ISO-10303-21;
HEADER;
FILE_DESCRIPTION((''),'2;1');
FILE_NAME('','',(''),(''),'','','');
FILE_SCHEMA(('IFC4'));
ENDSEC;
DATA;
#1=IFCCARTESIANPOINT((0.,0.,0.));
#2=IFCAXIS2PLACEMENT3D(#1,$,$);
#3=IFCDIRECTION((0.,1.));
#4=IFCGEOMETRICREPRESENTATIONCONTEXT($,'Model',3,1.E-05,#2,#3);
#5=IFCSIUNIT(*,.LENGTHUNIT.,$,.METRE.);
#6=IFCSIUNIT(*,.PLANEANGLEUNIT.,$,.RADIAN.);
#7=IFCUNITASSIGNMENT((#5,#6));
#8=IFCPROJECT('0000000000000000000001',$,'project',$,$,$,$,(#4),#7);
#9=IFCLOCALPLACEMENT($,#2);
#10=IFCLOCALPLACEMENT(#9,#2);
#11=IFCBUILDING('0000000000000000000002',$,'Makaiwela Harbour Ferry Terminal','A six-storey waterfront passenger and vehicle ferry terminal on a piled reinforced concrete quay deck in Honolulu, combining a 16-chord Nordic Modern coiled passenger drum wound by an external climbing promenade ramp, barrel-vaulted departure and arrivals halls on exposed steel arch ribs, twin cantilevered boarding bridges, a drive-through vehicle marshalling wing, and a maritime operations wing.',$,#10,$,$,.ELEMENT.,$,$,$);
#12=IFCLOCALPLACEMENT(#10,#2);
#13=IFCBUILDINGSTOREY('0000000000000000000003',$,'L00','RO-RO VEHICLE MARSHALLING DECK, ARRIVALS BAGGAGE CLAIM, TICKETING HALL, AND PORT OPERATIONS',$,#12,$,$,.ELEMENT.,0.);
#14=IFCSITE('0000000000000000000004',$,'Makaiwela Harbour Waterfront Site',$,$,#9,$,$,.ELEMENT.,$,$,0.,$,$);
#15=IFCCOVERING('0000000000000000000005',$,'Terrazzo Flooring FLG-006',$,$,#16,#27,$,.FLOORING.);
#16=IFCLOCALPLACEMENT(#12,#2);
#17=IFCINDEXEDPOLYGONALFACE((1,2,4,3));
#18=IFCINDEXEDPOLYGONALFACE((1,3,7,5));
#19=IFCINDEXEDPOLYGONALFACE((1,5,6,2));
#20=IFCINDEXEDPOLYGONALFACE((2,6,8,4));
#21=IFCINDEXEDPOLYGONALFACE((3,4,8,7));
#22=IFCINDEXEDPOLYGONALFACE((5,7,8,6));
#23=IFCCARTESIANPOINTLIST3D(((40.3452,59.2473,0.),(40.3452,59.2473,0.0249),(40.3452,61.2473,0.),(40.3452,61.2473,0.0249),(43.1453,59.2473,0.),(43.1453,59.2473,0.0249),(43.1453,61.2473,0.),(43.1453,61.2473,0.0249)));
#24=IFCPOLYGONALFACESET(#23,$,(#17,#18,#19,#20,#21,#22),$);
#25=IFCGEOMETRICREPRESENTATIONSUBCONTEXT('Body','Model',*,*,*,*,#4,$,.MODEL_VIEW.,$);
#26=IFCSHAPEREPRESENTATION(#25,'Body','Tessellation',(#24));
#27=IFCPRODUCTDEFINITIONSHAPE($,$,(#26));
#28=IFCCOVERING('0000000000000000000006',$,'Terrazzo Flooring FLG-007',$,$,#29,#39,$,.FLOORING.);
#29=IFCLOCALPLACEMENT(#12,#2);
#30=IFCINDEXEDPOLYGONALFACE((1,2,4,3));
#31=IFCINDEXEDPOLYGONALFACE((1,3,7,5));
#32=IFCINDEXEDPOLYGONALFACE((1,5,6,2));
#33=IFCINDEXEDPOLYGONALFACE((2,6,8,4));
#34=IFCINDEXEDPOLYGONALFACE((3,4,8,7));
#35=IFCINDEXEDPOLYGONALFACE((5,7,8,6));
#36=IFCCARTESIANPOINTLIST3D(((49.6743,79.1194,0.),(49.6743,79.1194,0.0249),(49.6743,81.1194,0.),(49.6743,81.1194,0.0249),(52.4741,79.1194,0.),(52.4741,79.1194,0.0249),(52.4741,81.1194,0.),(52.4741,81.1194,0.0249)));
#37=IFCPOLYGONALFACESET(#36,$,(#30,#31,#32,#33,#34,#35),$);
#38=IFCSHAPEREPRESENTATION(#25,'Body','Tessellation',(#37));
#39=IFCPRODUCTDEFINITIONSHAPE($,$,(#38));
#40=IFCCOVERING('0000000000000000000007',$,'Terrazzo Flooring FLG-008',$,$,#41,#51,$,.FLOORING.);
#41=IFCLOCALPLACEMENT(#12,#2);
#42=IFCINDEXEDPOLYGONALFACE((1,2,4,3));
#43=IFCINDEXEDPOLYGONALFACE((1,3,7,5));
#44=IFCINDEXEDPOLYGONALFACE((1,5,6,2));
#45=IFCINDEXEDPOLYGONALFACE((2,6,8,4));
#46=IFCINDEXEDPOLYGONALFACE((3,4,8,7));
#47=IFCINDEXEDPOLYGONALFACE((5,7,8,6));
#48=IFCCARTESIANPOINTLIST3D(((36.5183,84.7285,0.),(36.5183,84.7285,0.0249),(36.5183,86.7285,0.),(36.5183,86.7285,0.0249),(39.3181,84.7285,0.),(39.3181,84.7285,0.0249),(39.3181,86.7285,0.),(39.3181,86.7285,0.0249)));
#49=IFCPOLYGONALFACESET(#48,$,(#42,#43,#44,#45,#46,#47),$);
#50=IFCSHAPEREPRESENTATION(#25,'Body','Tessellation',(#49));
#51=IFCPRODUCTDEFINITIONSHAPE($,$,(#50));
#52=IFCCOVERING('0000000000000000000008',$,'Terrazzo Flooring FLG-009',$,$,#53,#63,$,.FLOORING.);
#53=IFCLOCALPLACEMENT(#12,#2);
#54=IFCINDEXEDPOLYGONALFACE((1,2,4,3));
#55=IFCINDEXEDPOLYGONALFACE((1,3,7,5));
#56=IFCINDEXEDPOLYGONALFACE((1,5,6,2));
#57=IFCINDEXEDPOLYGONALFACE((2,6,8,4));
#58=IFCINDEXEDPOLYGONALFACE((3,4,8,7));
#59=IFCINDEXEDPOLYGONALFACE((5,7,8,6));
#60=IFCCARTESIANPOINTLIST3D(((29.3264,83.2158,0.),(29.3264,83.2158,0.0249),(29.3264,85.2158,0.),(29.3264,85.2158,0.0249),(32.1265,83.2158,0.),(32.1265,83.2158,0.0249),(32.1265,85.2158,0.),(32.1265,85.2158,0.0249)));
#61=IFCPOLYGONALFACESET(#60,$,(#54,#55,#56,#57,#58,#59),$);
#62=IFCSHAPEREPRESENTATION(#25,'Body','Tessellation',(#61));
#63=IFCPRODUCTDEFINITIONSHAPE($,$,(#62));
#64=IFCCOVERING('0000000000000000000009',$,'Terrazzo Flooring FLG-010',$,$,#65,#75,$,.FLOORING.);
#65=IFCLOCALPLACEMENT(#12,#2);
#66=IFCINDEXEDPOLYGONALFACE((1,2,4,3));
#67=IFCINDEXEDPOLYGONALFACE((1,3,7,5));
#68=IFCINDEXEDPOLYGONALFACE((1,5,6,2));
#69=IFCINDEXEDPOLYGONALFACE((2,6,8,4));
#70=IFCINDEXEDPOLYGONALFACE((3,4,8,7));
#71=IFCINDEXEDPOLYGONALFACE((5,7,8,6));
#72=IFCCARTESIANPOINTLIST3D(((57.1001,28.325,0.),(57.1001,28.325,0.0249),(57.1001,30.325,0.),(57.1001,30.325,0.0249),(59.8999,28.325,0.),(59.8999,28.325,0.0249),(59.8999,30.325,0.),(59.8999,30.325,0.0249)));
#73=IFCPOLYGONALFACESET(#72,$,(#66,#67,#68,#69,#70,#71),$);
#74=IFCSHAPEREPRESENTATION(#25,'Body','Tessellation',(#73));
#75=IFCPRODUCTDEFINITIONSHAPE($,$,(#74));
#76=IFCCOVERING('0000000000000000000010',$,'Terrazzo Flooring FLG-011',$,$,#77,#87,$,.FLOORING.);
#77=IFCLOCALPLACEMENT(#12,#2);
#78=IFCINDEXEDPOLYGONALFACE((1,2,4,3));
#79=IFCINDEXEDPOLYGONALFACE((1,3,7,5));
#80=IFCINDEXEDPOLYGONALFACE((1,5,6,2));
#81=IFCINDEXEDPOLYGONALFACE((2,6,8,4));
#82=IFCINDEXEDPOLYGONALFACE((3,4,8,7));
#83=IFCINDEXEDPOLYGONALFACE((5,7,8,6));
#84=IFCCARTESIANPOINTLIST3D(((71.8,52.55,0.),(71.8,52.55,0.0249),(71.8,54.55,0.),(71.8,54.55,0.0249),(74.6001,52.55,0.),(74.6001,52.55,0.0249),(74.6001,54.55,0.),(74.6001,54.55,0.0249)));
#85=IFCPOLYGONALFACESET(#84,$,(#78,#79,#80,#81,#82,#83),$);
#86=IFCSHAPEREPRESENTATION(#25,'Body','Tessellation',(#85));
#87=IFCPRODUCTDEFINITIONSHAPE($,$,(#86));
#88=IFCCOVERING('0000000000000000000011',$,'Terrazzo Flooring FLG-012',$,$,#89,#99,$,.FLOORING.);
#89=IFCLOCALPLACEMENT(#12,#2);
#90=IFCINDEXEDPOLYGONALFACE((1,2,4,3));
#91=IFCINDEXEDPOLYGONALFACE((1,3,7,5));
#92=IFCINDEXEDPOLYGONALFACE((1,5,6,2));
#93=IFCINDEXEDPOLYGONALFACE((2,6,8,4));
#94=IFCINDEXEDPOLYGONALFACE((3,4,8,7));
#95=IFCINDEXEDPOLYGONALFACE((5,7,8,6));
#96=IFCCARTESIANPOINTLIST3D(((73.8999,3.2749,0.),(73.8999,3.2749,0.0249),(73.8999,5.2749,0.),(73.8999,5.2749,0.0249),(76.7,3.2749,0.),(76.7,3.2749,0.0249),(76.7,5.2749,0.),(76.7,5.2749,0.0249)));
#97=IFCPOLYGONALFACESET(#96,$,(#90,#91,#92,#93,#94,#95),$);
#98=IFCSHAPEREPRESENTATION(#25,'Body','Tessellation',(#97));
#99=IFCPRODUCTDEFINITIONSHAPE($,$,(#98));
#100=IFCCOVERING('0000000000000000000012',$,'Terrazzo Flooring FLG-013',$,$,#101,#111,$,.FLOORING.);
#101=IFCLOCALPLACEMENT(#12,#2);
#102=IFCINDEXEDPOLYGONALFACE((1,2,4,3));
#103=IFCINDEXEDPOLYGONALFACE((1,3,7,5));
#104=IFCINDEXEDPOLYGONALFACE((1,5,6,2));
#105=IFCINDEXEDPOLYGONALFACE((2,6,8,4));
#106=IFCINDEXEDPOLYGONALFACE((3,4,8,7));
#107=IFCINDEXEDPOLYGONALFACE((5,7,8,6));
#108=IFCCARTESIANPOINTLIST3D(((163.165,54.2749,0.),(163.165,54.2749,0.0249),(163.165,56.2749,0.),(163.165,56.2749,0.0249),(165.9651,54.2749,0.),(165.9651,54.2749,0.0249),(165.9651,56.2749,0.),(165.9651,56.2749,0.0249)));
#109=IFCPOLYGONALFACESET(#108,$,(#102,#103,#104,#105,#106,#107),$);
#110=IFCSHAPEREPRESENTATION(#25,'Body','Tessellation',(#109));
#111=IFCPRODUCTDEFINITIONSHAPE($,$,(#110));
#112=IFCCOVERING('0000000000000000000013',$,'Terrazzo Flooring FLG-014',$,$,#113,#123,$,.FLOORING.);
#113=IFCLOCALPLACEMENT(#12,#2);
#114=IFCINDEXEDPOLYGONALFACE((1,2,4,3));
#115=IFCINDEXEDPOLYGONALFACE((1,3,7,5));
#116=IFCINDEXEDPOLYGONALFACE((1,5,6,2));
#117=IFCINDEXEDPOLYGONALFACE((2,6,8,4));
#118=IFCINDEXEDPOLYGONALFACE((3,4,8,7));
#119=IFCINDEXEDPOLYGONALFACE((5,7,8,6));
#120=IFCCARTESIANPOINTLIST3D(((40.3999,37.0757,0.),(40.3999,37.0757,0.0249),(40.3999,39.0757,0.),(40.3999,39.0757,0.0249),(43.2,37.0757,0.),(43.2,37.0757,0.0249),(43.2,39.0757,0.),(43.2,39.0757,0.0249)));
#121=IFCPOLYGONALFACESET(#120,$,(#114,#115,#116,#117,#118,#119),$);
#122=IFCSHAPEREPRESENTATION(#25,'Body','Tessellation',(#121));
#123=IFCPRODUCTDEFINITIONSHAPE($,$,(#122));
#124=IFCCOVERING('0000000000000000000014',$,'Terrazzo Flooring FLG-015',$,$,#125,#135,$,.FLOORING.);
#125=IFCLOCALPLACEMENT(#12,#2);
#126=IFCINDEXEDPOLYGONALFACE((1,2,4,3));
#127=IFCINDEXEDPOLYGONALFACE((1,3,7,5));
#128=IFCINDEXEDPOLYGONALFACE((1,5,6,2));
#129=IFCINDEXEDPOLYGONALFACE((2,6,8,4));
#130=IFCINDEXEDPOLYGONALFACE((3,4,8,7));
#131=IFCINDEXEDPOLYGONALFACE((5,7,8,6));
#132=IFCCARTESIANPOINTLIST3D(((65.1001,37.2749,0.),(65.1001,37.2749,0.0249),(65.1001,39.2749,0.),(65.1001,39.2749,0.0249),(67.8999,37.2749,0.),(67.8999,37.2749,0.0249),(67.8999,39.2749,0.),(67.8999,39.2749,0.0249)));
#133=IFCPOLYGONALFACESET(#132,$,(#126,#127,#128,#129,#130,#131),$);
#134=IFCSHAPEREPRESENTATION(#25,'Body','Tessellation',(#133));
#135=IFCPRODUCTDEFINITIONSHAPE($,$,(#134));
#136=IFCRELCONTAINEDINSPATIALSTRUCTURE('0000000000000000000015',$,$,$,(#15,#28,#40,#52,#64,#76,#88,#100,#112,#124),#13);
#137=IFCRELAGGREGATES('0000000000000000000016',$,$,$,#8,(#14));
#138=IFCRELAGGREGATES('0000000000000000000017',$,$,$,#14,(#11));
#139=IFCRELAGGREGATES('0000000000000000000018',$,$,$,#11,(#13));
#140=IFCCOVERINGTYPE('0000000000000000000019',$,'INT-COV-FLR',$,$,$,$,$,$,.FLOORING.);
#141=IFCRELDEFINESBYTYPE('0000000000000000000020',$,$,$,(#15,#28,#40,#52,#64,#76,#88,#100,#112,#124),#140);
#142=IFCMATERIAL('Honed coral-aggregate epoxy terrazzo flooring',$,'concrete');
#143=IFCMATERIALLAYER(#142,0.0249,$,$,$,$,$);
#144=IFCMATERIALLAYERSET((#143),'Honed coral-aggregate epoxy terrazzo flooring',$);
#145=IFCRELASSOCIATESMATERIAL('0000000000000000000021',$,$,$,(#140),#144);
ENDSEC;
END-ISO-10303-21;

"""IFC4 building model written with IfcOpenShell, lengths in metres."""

from ifc_helpers import new_model, si_unit, direction, origin, place, context, subcontext, project, spatial, polyline, outline, extrude, material, layer, layer_set, type_object, element, save


model = new_model("IFC4")

# Units and contexts
model_context = context("Model", 3, precision=1e-05, world=origin(), true_north=direction((0.0, 1.0)))
body_context = subcontext(model_context, "Body", "Model", "MODEL_VIEW")
ifc_project = project(units=[si_unit("LENGTHUNIT", "METRE"), si_unit("PLANEANGLEUNIT", "RADIAN")], contexts=[model_context])

# Site, building, storey
site_placement = place(None, origin())
site = spatial("IfcSite", under=ifc_project, at=site_placement, Name="Makaiwela Harbour Waterfront Site", CompositionType="ELEMENT", RefElevation=0.0)
building_placement = place(site_placement, origin())
building = spatial("IfcBuilding", under=site, at=building_placement, Name="Makaiwela Harbour Ferry Terminal", Description="A six-storey waterfront passenger and vehicle ferry terminal on a piled reinforced concrete quay deck in Honolulu, combining a 16-chord Nordic Modern coiled passenger drum wound by an external climbing promenade ramp, barrel-vaulted departure and arrivals halls on exposed steel arch ribs, twin cantilevered boarding bridges, a drive-through vehicle marshalling wing, and a maritime operations wing.", CompositionType="ELEMENT")
storey_placement = place(building_placement, origin())
storey = spatial("IfcBuildingStorey", under=building, at=storey_placement, Name="L00", Description="RO-RO VEHICLE MARSHALLING DECK, ARRIVALS BAGGAGE CLAIM, TICKETING HALL, AND PORT OPERATIONS", CompositionType="ELEMENT", Elevation=0.0)

# Coverings
ifc_material_1 = material(Name="Honed coral-aggregate epoxy terrazzo flooring", Category="concrete")
ifc_layer_1 = layer(ifc_material_1, 0.0249)
ifc_layer_set_1 = layer_set([ifc_layer_1], Name="Honed coral-aggregate epoxy terrazzo flooring")
covering_type_1 = type_object("IfcCoveringType", Name="INT-COV-FLR", PredefinedType="FLOORING", material=ifc_layer_set_1)
covering_1_placement = place(storey_placement, origin())
element("IfcCovering", 1, at=covering_1_placement, inside=storey, type_object=covering_type_1, Name="Terrazzo Flooring FLG-006", PredefinedType="FLOORING", context=body_context, shape_type="SweptSolid", body=[
    extrude(outline(polyline([(40.3452, 59.2473), (43.1453, 59.2473), (43.1453, 61.2473), (40.3452, 61.2473), (40.3452, 59.2473)])), origin(), (0.0, 0.0, 1.0), 0.0249),
])
covering_2_placement = place(storey_placement, origin())
element("IfcCovering", 2, at=covering_2_placement, inside=storey, type_object=covering_type_1, Name="Terrazzo Flooring FLG-007", PredefinedType="FLOORING", context=body_context, shape_type="SweptSolid", body=[
    extrude(outline(polyline([(49.6743, 79.1194), (52.4741, 79.1194), (52.4741, 81.1194), (49.6743, 81.1194), (49.6743, 79.1194)])), origin(), (0.0, 0.0, 1.0), 0.0249),
])
covering_3_placement = place(storey_placement, origin())
element("IfcCovering", 3, at=covering_3_placement, inside=storey, type_object=covering_type_1, Name="Terrazzo Flooring FLG-008", PredefinedType="FLOORING", context=body_context, shape_type="SweptSolid", body=[
    extrude(outline(polyline([(36.5183, 84.7285), (39.3181, 84.7285), (39.3181, 86.7285), (36.5183, 86.7285), (36.5183, 84.7285)])), origin(), (0.0, 0.0, 1.0), 0.0249),
])
covering_4_placement = place(storey_placement, origin())
element("IfcCovering", 4, at=covering_4_placement, inside=storey, type_object=covering_type_1, Name="Terrazzo Flooring FLG-009", PredefinedType="FLOORING", context=body_context, shape_type="SweptSolid", body=[
    extrude(outline(polyline([(29.3264, 83.2158), (32.1265, 83.2158), (32.1265, 85.2158), (29.3264, 85.2158), (29.3264, 83.2158)])), origin(), (0.0, 0.0, 1.0), 0.0249),
])
covering_5_placement = place(storey_placement, origin())
element("IfcCovering", 5, at=covering_5_placement, inside=storey, type_object=covering_type_1, Name="Terrazzo Flooring FLG-010", PredefinedType="FLOORING", context=body_context, shape_type="SweptSolid", body=[
    extrude(outline(polyline([(57.1001, 28.325), (59.8999, 28.325), (59.8999, 30.325), (57.1001, 30.325), (57.1001, 28.325)])), origin(), (0.0, 0.0, 1.0), 0.0249),
])
covering_6_placement = place(storey_placement, origin())
element("IfcCovering", 6, at=covering_6_placement, inside=storey, type_object=covering_type_1, Name="Terrazzo Flooring FLG-011", PredefinedType="FLOORING", context=body_context, shape_type="SweptSolid", body=[
    extrude(outline(polyline([(71.8, 52.55), (74.6001, 52.55), (74.6001, 54.55), (71.8, 54.55), (71.8, 52.55)])), origin(), (0.0, 0.0, 1.0), 0.0249),
])
covering_7_placement = place(storey_placement, origin())
element("IfcCovering", 7, at=covering_7_placement, inside=storey, type_object=covering_type_1, Name="Terrazzo Flooring FLG-012", PredefinedType="FLOORING", context=body_context, shape_type="SweptSolid", body=[
    extrude(outline(polyline([(73.8999, 3.2749), (76.7, 3.2749), (76.7, 5.2749), (73.8999, 5.2749), (73.8999, 3.2749)])), origin(), (0.0, 0.0, 1.0), 0.0249),
])
covering_8_placement = place(storey_placement, origin())
element("IfcCovering", 8, at=covering_8_placement, inside=storey, type_object=covering_type_1, Name="Terrazzo Flooring FLG-013", PredefinedType="FLOORING", context=body_context, shape_type="SweptSolid", body=[
    extrude(outline(polyline([(163.165, 54.2749), (165.9651, 54.2749), (165.9651, 56.2749), (163.165, 56.2749), (163.165, 54.2749)])), origin(), (0.0, 0.0, 1.0), 0.0249),
])
covering_9_placement = place(storey_placement, origin())
element("IfcCovering", 9, at=covering_9_placement, inside=storey, type_object=covering_type_1, Name="Terrazzo Flooring FLG-014", PredefinedType="FLOORING", context=body_context, shape_type="SweptSolid", body=[
    extrude(outline(polyline([(40.3999, 37.0757), (43.2, 37.0757), (43.2, 39.0757), (40.3999, 39.0757), (40.3999, 37.0757)])), origin(), (0.0, 0.0, 1.0), 0.0249),
])
covering_10_placement = place(storey_placement, origin())
element("IfcCovering", 10, at=covering_10_placement, inside=storey, type_object=covering_type_1, Name="Terrazzo Flooring FLG-015", PredefinedType="FLOORING", context=body_context, shape_type="SweptSolid", body=[
    extrude(outline(polyline([(65.1001, 37.2749), (67.8999, 37.2749), (67.8999, 39.2749), (65.1001, 39.2749), (65.1001, 37.2749)])), origin(), (0.0, 0.0, 1.0), 0.0249),
])

save(model, "model.ifc")
